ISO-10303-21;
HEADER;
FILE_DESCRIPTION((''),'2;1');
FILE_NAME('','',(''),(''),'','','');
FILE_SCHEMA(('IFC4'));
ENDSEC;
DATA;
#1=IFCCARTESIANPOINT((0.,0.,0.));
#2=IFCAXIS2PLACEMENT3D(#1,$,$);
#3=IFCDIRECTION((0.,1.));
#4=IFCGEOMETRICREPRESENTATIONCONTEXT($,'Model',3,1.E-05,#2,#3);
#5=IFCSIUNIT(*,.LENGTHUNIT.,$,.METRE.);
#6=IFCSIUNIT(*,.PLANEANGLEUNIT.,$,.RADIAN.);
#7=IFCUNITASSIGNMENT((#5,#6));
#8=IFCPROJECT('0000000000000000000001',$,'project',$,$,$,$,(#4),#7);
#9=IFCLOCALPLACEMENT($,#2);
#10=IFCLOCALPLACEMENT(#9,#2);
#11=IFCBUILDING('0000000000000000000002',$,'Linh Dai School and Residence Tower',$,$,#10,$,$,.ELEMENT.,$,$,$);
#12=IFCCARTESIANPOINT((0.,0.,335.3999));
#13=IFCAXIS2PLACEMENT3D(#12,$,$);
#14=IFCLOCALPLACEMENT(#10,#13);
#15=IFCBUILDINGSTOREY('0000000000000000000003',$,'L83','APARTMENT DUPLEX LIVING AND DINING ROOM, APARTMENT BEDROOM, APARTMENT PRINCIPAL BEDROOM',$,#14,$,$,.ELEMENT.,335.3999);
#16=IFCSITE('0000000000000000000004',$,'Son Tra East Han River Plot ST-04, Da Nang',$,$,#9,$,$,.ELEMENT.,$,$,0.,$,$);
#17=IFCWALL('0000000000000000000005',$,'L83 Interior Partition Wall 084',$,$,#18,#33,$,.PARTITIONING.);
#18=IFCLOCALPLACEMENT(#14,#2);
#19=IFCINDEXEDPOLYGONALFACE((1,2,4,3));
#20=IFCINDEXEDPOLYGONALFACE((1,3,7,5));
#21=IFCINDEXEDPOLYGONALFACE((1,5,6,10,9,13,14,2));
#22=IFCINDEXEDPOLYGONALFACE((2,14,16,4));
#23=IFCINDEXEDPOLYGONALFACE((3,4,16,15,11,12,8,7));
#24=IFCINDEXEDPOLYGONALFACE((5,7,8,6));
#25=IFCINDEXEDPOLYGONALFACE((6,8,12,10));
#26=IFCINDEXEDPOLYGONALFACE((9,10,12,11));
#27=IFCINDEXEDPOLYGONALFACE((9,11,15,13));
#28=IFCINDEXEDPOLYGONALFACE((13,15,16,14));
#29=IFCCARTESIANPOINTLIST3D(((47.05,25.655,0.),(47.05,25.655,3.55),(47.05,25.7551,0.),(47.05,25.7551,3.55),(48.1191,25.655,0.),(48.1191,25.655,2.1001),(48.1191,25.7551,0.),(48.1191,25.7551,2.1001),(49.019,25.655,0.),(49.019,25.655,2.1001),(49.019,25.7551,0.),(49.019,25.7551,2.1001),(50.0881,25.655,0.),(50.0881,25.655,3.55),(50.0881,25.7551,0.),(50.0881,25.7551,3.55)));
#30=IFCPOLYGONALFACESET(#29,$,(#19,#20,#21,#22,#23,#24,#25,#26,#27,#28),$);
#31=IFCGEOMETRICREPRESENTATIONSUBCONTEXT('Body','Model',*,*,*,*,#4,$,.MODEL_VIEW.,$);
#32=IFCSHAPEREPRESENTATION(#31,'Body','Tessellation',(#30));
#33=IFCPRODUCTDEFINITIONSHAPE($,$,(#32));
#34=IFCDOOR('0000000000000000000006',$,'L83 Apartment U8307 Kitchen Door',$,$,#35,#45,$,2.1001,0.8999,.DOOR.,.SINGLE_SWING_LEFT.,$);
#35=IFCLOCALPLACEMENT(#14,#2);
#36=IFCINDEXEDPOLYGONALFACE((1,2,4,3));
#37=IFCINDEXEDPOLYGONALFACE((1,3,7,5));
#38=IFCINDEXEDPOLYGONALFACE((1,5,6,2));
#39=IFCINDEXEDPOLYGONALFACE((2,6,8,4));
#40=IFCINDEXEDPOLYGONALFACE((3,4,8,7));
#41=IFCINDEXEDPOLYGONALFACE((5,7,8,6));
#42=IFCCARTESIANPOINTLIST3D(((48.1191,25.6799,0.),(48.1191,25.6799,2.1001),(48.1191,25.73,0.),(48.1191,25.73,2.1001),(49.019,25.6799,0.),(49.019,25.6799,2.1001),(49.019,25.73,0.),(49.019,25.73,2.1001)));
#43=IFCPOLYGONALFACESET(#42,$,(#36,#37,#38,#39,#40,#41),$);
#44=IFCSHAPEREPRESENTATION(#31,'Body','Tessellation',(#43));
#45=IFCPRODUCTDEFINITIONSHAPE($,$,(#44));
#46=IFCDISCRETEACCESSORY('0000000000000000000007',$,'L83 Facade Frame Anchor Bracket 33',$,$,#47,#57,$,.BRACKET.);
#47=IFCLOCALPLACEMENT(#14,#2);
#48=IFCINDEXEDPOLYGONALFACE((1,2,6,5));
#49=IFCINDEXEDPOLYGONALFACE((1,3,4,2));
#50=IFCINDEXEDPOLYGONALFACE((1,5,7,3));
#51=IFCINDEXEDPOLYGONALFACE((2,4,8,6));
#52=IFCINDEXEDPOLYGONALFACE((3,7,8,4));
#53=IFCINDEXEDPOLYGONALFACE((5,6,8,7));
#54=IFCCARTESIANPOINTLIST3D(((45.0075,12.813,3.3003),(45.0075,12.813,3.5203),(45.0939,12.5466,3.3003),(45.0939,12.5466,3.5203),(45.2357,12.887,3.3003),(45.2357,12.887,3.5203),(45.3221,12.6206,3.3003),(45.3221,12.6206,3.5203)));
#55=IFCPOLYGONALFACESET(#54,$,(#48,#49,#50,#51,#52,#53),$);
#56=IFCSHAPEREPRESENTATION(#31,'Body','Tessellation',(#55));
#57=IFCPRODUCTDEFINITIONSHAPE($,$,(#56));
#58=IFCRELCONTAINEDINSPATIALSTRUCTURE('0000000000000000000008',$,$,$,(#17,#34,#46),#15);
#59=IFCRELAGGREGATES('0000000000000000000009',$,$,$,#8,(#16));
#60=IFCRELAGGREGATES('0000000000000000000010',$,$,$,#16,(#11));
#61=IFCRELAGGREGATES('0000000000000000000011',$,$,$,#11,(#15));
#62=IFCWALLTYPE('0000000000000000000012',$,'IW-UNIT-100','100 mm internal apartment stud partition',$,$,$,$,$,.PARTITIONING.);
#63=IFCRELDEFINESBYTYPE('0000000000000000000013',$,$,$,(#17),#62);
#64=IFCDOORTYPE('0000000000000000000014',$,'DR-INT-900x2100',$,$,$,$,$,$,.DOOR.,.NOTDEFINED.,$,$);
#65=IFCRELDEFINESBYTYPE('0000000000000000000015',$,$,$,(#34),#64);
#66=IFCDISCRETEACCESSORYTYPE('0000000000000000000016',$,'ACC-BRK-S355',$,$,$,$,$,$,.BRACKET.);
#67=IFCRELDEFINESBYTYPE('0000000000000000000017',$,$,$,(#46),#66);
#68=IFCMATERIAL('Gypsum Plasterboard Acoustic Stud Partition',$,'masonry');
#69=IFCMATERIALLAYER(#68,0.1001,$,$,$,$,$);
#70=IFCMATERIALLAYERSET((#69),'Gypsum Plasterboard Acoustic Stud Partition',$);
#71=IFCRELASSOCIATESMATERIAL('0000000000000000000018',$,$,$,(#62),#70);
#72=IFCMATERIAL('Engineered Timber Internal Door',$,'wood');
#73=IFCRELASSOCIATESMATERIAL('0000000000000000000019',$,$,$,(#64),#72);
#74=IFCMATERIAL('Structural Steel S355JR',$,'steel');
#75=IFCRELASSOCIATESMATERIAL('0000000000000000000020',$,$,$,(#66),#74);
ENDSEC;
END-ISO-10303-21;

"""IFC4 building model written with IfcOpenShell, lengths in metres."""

from ifc_helpers import new_model, si_unit, direction, frame, frame_2d, origin, origin_2d, place, context, subcontext, project, spatial, rectangle, extrude, source, transform, mapped, material, layer, layer_set, type_object, element, fill, save


model = new_model("IFC4")

# Units and contexts
model_context = context("Model", 3, precision=1e-05, world=origin(), true_north=direction((0.0, 1.0)))
body_context = subcontext(model_context, "Body", "Model", "MODEL_VIEW")
ifc_project = project(units=[si_unit("LENGTHUNIT", "METRE"), si_unit("PLANEANGLEUNIT", "RADIAN")], contexts=[model_context])

# Site, building, storey
site_placement = place(None, origin())
site = spatial("IfcSite", under=ifc_project, at=site_placement, Name="Son Tra East Han River Plot ST-04, Da Nang", CompositionType="ELEMENT", RefElevation=0.0)
building_placement = place(site_placement, origin())
building = spatial("IfcBuilding", under=site, at=building_placement, Name="Linh Dai School and Residence Tower", CompositionType="ELEMENT")
storey_placement = place(building_placement, frame((0.0, 0.0, 335.3999)))
storey = spatial("IfcBuildingStorey", under=building, at=storey_placement, Name="L83", Description="APARTMENT DUPLEX LIVING AND DINING ROOM, APARTMENT BEDROOM, APARTMENT PRINCIPAL BEDROOM", CompositionType="ELEMENT", Elevation=335.3999)

# Shared definitions
ifc_material_1 = material(Name="Structural Steel S355JR", Category="steel")

# Shared definitions
ifc_material_2 = material(Name="Gypsum Plasterboard Acoustic Stud Partition", Category="masonry")
ifc_layer_1 = layer(ifc_material_2, 0.1001)
ifc_layer_set_1 = layer_set([ifc_layer_1], Name="Gypsum Plasterboard Acoustic Stud Partition")
wall_type_1 = type_object("IfcWallType", Name="IW-UNIT-100", Description="100 mm internal apartment stud partition", PredefinedType="PARTITIONING", material=ifc_layer_set_1)

# Wall, opening, door
ifc_material_3 = material(Name="Engineered Timber Internal Door", Category="wood")
door_type_1 = type_object("IfcDoorType", Name="DR-INT-900x2100", OperationType="NOTDEFINED", PredefinedType="DOOR", material=ifc_material_3)
shared_shape_1 = source(origin(), body_context, "Body", "SweptSolid", [
    extrude(rectangle(XDim=0.8999, YDim=2.1001, at=origin_2d()), frame((0.45, 0.0249, 1.05), z_axis=(0.0, -1.0, 0.0), x_axis=(1.0, 0.0, 0.0)), (0.0, 0.0, 1.0), 0.05),
])
wall_1_placement = place(storey_placement, frame((47.05, 25.7051, 0.0), z_axis=(0.0, 0.0, 1.0), x_axis=(1.0, 0.0, 0.0)))
wall_1 = element("IfcWall", 1, at=wall_1_placement, inside=storey, type_object=wall_type_1, Name="L83 Interior Partition Wall 084", PredefinedType="PARTITIONING", context=body_context, shape_type="SweptSolid", body=[
    extrude(rectangle(XDim=3.0381, YDim=0.1001, at=frame_2d((1.519, 0.0))), origin(), (0.0, 0.0, 1.0), 3.55),
])
opening_1_placement = place(wall_1_placement, frame((1.0691, 0.0, 0.0)))
opening_1 = element("IfcOpeningElement", 2, at=opening_1_placement, cuts=wall_1, PredefinedType="OPENING", context=body_context, shape_type="SweptSolid", body=[
    extrude(rectangle(XDim=0.8999, YDim=2.1001, at=origin_2d()), frame((0.45, 0.0601, 1.05), z_axis=(0.0, -1.0, 0.0), x_axis=(1.0, 0.0, 0.0)), (0.0, 0.0, 1.0), 0.1201),
])
door_1_placement = place(opening_1_placement, origin())
door_1 = element("IfcDoor", 3, at=door_1_placement, inside=storey, type_object=door_type_1, Name="L83 Apartment U8307 Kitchen Door", OperationType="SINGLE_SWING_LEFT", OverallHeight=2.1001, OverallWidth=0.8999, PredefinedType="DOOR", context=body_context, shape_type="MappedRepresentation", body=[
    mapped(shared_shape_1, transform((0.0, 0.0, 0.0), x_axis=(1.0, 0.0, 0.0), y_axis=(0.0, 1.0, 0.0), z_axis=(0.0, 0.0, 1.0), scale=1.0)),
])
fill(opening_1, door_1)

# Discrete accessory
discrete_accessory_type = type_object("IfcDiscreteAccessoryType", Name="ACC-BRK-S355", PredefinedType="BRACKET", material=ifc_material_1)
shared_shape_2 = source(origin(), body_context, "Body", "SweptSolid", [
    extrude(rectangle(XDim=0.28, YDim=0.24, at=origin_2d()), origin(), (0.0, 0.0, 1.0), 0.22),
])
discrete_accessory_placement = place(storey_placement, frame((45.1648, 12.7168, 3.3003), z_axis=(0.0, 0.0, 1.0), x_axis=(0.308565, -0.951203, 0.0)))
element("IfcDiscreteAccessory", 4, at=discrete_accessory_placement, inside=storey, type_object=discrete_accessory_type, Name="L83 Facade Frame Anchor Bracket 33", PredefinedType="BRACKET", context=body_context, shape_type="MappedRepresentation", body=[
    mapped(shared_shape_2, transform((0.0, 0.0, 0.0), x_axis=(1.0, 0.0, 0.0), y_axis=(0.0, 1.0, 0.0), z_axis=(0.0, 0.0, 1.0), scale=1.0)),
])

save(model, "model.ifc")
